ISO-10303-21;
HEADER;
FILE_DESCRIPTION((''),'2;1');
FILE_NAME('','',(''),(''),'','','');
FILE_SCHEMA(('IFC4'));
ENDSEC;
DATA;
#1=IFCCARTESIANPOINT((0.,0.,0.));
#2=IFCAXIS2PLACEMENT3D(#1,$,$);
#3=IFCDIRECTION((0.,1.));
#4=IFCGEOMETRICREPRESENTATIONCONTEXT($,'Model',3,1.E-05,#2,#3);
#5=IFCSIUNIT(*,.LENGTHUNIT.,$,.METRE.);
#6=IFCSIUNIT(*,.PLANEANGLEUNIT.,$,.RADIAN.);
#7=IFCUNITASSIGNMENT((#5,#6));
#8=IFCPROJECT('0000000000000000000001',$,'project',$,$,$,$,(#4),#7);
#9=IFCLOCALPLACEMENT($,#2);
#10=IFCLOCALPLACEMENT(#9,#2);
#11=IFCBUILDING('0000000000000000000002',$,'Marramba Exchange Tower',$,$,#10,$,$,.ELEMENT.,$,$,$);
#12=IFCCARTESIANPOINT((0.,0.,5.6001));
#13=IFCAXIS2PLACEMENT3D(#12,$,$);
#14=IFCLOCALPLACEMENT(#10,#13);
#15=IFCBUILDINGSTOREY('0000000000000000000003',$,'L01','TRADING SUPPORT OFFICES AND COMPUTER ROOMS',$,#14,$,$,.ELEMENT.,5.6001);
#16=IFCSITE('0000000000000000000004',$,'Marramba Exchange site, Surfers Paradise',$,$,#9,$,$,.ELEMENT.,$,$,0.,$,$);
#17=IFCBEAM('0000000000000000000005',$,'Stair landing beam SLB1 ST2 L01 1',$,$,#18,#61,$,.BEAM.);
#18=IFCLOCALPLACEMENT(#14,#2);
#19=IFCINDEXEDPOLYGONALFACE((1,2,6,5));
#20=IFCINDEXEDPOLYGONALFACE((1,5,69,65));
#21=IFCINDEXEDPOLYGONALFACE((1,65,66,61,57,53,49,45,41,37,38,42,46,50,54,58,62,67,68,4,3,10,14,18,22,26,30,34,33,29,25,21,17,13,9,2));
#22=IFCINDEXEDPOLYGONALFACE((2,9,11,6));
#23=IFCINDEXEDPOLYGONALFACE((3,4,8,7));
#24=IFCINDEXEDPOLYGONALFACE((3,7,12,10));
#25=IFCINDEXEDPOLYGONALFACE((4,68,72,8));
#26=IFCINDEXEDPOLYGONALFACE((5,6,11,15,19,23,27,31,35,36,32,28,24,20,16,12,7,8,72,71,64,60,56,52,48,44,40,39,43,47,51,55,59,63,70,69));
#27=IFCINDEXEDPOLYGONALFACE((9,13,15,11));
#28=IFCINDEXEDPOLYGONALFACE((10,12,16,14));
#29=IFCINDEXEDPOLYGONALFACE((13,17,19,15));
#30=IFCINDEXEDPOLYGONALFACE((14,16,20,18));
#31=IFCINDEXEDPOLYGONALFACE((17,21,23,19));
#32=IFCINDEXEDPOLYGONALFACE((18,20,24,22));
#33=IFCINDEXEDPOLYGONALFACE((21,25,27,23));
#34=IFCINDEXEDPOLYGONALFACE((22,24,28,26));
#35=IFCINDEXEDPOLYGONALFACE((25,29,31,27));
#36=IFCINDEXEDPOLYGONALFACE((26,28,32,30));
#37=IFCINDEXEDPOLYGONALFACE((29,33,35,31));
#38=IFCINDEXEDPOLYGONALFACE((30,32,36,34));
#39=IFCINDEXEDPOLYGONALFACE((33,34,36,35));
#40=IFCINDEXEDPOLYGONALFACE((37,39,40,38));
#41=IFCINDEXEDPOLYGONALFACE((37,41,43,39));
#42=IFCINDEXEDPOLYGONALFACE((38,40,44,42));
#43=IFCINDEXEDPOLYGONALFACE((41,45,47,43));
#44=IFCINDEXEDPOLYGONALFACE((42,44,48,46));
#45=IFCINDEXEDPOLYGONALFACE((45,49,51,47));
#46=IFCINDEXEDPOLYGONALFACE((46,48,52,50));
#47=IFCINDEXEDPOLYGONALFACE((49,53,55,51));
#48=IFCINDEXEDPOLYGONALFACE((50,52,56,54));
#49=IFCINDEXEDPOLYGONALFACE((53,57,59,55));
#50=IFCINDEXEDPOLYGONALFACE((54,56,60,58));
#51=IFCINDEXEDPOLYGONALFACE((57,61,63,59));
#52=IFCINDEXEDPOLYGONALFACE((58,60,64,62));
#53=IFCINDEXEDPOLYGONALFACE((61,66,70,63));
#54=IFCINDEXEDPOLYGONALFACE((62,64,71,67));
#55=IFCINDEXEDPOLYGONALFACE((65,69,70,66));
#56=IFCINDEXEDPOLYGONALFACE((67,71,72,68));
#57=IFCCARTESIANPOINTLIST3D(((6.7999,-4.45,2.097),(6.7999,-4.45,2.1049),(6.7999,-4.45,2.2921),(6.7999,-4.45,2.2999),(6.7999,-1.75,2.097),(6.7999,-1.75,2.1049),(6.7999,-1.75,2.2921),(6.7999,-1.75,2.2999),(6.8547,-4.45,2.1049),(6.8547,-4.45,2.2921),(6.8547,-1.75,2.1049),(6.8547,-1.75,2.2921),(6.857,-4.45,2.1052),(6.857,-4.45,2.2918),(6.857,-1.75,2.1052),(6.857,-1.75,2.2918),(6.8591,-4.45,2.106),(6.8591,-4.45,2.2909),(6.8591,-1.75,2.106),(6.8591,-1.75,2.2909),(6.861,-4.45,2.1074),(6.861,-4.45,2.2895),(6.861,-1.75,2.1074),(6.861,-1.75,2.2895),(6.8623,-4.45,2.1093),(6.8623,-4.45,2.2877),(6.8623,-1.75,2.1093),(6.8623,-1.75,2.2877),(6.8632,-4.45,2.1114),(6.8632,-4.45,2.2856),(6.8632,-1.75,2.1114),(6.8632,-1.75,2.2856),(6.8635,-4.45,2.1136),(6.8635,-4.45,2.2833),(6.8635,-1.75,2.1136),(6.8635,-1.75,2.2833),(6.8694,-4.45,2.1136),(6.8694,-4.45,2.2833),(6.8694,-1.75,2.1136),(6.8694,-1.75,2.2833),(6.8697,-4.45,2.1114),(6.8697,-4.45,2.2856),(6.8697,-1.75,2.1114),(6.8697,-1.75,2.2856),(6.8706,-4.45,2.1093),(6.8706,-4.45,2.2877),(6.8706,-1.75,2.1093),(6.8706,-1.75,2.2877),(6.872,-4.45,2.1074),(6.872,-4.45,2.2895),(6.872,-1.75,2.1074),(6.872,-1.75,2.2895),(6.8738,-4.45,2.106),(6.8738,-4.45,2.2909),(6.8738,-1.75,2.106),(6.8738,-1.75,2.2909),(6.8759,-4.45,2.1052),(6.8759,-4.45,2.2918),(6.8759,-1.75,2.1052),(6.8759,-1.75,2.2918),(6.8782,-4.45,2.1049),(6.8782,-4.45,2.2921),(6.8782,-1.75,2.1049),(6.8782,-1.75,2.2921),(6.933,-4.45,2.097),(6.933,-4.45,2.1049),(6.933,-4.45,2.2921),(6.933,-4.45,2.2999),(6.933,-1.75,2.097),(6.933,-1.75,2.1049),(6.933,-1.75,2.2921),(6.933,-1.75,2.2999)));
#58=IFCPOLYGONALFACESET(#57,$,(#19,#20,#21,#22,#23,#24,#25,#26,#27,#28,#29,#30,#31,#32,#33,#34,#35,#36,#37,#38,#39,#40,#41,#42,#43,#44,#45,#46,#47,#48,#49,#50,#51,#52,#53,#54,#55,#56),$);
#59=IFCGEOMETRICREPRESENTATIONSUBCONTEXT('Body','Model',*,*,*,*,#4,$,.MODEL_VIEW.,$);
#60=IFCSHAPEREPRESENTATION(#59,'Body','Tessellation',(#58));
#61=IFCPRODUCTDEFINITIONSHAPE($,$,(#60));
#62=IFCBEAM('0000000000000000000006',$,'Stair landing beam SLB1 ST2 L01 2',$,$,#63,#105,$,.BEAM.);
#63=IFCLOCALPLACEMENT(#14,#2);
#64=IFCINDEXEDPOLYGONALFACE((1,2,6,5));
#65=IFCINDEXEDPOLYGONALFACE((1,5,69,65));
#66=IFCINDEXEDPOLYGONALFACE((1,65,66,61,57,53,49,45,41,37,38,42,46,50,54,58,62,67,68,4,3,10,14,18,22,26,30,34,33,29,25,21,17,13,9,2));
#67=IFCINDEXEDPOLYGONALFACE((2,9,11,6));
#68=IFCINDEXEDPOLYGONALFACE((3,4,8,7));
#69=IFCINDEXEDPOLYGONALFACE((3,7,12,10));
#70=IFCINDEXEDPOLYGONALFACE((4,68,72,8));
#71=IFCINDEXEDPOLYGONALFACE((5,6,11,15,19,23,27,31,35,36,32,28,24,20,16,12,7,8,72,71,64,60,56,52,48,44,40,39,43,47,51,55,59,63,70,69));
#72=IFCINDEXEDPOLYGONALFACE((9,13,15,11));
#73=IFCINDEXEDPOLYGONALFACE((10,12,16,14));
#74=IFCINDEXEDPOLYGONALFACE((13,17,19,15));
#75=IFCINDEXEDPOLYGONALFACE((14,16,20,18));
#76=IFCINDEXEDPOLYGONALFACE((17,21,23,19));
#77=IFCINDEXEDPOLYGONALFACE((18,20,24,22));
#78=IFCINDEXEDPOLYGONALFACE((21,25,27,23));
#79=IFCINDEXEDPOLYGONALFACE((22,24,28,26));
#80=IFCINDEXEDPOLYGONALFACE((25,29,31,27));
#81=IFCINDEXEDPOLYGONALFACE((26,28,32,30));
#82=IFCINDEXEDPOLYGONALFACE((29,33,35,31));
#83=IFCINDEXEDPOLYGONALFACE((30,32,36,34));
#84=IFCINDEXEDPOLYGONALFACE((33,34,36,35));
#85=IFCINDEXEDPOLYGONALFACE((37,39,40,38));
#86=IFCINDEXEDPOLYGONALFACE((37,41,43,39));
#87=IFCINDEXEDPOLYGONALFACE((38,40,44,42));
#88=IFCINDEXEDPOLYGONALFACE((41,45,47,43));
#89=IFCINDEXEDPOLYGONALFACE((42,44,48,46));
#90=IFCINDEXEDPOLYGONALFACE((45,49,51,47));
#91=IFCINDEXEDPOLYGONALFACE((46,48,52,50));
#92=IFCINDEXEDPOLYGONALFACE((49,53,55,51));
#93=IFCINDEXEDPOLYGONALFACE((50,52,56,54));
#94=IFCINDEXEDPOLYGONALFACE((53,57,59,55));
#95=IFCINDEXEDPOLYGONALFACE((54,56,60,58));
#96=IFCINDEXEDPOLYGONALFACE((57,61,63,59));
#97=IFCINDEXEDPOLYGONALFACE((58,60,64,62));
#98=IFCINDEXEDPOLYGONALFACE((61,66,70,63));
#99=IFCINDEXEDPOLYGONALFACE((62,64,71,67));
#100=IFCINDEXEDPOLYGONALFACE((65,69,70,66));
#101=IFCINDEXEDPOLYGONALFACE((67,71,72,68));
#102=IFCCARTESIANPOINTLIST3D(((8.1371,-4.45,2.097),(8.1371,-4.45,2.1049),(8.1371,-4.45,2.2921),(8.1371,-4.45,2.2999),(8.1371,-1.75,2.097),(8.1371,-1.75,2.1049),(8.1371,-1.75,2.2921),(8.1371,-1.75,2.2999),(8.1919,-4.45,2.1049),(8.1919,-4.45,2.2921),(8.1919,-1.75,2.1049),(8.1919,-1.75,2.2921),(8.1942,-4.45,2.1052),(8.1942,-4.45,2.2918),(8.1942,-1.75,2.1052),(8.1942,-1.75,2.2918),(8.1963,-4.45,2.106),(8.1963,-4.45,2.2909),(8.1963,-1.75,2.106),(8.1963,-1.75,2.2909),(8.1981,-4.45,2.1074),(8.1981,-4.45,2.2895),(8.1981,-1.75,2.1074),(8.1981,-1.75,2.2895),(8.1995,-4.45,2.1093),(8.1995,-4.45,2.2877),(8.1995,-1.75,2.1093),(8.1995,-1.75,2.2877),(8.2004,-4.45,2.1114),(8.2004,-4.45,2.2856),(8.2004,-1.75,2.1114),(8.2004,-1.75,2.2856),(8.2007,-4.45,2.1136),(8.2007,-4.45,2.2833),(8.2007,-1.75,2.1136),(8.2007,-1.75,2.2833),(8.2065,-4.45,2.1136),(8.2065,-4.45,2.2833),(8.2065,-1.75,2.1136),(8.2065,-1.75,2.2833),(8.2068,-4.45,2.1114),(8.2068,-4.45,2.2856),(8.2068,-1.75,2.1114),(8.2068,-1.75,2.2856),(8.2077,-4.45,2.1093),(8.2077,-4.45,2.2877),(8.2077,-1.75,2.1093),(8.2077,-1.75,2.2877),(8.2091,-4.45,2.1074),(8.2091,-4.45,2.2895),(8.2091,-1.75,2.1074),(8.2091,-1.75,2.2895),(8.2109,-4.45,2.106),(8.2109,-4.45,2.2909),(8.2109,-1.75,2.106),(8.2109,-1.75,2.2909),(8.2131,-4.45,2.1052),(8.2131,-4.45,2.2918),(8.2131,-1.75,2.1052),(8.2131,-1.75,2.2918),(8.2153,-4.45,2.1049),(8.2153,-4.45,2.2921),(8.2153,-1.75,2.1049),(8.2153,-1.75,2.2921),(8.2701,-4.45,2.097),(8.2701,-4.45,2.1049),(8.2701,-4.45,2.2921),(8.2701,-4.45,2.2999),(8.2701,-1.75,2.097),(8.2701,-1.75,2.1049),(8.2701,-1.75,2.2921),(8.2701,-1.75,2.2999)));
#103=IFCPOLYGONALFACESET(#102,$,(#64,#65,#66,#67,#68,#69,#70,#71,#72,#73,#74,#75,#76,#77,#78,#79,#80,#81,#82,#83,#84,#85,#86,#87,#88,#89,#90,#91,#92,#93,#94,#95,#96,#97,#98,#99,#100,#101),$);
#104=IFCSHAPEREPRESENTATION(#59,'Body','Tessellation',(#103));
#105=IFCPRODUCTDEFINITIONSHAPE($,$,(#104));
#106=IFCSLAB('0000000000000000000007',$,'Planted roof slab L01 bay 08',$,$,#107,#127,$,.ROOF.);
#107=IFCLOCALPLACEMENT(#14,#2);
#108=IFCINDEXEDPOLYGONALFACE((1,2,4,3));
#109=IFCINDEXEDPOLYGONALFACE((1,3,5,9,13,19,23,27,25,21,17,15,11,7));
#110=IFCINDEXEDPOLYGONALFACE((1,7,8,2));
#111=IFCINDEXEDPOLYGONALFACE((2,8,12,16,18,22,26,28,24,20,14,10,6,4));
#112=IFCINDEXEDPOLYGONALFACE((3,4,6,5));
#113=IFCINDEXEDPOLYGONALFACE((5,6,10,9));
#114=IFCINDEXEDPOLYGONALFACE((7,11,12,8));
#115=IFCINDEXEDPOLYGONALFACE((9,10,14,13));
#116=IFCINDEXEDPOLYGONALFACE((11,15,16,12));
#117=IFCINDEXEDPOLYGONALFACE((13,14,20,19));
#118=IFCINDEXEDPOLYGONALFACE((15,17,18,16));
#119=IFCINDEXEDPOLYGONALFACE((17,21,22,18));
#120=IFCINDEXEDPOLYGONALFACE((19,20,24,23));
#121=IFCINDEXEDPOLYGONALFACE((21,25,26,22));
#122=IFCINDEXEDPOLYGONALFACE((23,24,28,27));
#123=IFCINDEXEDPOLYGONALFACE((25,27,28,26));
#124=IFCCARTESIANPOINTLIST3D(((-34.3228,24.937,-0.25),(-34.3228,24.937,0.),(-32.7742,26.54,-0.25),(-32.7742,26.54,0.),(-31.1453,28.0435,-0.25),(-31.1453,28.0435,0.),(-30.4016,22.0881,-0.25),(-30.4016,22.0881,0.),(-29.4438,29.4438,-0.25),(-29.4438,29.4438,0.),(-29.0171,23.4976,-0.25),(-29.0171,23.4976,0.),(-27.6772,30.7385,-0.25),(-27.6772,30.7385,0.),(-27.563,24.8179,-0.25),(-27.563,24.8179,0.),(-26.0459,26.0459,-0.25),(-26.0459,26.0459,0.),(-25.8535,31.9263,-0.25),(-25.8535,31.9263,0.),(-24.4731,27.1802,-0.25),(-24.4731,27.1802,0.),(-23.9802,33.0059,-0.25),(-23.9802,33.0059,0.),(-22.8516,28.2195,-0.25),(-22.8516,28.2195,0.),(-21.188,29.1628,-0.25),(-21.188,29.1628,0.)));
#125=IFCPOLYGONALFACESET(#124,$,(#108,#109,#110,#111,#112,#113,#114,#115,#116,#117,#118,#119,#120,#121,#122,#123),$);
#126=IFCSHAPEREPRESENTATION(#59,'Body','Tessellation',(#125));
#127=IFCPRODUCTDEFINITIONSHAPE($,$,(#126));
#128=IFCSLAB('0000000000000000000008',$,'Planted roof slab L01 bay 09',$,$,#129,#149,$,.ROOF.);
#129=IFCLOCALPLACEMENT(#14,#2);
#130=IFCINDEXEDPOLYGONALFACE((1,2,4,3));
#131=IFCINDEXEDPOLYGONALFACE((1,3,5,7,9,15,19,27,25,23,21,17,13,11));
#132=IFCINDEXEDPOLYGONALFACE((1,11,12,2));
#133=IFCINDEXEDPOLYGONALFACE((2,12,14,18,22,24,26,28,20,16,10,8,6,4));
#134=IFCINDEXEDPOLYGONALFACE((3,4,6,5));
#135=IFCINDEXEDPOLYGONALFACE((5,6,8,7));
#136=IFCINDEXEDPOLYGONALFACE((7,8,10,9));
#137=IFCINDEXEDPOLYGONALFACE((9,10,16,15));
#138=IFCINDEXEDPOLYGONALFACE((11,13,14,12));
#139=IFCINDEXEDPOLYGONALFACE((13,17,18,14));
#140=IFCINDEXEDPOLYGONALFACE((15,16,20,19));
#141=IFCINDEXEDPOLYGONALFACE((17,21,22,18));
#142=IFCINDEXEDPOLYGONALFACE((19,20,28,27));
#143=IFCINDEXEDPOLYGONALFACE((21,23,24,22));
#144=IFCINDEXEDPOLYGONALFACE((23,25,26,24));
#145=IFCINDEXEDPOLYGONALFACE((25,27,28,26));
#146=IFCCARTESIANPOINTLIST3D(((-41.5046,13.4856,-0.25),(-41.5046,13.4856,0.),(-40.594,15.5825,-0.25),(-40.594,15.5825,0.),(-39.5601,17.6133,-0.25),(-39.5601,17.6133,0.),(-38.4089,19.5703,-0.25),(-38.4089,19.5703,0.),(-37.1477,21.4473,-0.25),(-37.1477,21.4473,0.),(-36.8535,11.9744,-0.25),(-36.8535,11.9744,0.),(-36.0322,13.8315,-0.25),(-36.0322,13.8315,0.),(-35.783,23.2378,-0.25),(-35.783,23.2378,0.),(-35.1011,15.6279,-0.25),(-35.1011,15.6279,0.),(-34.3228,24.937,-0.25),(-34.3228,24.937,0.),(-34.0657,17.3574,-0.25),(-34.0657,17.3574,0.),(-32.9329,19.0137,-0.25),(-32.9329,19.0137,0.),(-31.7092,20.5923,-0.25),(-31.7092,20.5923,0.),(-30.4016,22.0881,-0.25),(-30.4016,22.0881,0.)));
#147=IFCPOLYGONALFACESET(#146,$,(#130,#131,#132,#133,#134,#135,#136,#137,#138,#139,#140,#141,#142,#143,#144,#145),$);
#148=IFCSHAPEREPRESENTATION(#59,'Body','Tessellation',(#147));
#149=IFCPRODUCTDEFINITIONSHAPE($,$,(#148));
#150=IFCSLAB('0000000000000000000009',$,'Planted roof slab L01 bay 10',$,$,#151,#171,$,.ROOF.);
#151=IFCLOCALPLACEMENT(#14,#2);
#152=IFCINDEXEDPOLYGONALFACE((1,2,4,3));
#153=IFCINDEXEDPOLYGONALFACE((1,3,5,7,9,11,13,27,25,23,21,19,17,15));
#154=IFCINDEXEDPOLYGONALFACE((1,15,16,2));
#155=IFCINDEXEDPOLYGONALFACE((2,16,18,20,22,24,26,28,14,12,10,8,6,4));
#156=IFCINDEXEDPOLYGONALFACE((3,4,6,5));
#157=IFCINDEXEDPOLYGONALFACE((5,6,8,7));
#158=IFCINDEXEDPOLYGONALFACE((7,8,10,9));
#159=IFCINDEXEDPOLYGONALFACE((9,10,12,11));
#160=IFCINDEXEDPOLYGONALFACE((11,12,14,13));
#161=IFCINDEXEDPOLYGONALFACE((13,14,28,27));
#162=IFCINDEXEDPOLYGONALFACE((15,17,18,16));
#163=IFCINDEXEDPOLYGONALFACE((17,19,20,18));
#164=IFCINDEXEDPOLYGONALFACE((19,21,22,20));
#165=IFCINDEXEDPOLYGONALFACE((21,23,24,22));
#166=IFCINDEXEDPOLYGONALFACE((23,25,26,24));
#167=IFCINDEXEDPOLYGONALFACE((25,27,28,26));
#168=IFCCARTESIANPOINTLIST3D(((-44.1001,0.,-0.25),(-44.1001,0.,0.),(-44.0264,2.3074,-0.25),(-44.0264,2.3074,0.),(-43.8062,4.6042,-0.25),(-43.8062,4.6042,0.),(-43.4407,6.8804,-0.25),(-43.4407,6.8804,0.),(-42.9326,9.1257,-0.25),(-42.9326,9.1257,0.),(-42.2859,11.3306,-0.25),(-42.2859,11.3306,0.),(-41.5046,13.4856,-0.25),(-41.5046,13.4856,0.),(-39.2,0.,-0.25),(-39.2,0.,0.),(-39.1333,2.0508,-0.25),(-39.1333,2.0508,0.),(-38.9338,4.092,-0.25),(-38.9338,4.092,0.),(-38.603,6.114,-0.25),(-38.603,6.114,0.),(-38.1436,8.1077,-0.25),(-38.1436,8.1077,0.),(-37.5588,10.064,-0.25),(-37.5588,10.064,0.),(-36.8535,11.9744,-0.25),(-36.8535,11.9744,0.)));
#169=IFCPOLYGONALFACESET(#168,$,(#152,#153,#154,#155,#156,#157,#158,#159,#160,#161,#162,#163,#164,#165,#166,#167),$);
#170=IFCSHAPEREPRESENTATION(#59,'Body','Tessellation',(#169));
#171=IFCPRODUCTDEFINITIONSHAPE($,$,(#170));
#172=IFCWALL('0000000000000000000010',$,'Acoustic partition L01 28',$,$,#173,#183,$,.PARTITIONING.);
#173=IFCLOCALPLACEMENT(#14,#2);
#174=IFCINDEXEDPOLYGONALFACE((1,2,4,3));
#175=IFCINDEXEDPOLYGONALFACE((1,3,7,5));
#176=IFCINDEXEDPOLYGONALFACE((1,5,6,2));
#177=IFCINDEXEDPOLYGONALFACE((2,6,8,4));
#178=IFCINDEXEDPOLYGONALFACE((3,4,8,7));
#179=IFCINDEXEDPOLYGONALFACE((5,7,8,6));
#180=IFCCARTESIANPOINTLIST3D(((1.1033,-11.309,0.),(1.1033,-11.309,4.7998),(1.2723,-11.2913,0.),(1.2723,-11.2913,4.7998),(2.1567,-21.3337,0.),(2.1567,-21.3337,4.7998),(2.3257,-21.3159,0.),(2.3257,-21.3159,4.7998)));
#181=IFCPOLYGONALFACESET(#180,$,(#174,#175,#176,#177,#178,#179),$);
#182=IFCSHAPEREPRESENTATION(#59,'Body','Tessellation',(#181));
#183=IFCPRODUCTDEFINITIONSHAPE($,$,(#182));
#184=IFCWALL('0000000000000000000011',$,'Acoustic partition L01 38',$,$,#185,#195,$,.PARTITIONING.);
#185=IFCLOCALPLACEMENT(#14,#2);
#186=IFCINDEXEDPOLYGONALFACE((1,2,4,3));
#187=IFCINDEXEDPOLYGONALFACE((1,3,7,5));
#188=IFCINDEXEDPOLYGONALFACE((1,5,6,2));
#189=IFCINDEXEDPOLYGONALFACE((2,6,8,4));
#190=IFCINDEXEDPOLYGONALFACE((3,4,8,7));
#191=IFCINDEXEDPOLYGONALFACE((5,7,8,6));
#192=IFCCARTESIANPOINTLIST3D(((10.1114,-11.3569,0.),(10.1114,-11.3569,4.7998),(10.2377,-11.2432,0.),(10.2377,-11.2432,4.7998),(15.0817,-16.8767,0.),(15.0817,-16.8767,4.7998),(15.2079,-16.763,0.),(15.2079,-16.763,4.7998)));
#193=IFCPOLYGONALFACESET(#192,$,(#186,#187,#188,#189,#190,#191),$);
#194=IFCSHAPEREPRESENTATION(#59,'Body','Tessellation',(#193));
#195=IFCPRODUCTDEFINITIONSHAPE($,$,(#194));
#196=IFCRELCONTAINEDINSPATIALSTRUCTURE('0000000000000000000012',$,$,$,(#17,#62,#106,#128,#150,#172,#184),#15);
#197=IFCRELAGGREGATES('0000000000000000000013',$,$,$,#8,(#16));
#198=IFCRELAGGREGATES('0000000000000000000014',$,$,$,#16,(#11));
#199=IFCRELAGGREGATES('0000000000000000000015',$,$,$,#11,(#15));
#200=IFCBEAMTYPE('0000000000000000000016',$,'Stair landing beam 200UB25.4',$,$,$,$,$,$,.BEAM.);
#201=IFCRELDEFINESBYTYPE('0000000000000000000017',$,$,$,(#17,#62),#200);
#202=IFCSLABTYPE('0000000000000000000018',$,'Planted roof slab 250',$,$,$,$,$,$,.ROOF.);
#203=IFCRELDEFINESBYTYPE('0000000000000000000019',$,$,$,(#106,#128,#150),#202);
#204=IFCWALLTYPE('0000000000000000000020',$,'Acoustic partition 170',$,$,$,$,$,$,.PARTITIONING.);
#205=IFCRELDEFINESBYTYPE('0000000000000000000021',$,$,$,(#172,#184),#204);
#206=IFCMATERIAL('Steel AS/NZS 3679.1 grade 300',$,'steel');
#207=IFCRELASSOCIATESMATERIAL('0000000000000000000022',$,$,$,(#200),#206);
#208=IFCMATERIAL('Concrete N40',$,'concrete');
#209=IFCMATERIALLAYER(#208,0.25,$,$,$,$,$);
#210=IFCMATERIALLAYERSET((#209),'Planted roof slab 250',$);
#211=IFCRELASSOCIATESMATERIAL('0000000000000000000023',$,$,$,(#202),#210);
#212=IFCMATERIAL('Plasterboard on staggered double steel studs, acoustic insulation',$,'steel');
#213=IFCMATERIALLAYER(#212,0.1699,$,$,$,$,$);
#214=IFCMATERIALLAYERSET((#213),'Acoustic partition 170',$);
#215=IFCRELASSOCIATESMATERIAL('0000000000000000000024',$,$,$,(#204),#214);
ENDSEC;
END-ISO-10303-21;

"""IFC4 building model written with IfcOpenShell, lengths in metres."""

from ifc_helpers import new_model, si_unit, direction, frame, frame_2d, origin, origin_2d, place, context, subcontext, project, spatial, polyline, rectangle, i_section, outline, extrude, material, layer, layer_set, material_profile, profile_set, type_object, element, save


model = new_model("IFC4")

# Units and contexts
model_context = context("Model", 3, precision=1e-05, world=origin(), true_north=direction((0.0, 1.0)))
body_context = subcontext(model_context, "Body", "Model", "MODEL_VIEW")
ifc_project = project(units=[si_unit("LENGTHUNIT", "METRE"), si_unit("PLANEANGLEUNIT", "RADIAN")], contexts=[model_context])

# Site, building, storey
site_placement = place(None, origin())
site = spatial("IfcSite", under=ifc_project, at=site_placement, Name="Marramba Exchange site, Surfers Paradise", CompositionType="ELEMENT", RefElevation=0.0)
building_placement = place(site_placement, origin())
building = spatial("IfcBuilding", under=site, at=building_placement, Name="Marramba Exchange Tower", CompositionType="ELEMENT")
storey_placement = place(building_placement, frame((0.0, 0.0, 5.6001)))
storey = spatial("IfcBuildingStorey", under=building, at=storey_placement, Name="L01", Description="TRADING SUPPORT OFFICES AND COMPUTER ROOMS", CompositionType="ELEMENT", Elevation=5.6001)

# Beams
ifc_material_1 = material(Name="Steel AS/NZS 3679.1 grade 300", Category="steel")
ifc_material_profile_1 = material_profile(ifc_material_1, i_section(OverallWidth=0.1331, OverallDepth=0.2029, WebThickness=0.0059, FlangeThickness=0.0078, FilletRadius=0.0088, at=origin_2d()), Name="200UB25.4")
ifc_profile_set_1 = profile_set([ifc_material_profile_1], Name="Steel AS/NZS 3679.1 grade 300")
beam_type_1 = type_object("IfcBeamType", Name="Stair landing beam 200UB25.4", PredefinedType="BEAM", material=ifc_profile_set_1)
for number, where, z_axis, x_axis, name in (
    (1, (6.8665, -4.45, 2.1985), (0.0, 1.0, 0.0), (-1.0, 0.0, 0.0), "Stair landing beam SLB1 ST2 L01 1"),
    (2, (8.2036, -4.45, 2.1985), (0.0, 1.0, 0.0), (-1.0, 0.0, 0.0), "Stair landing beam SLB1 ST2 L01 2"),
):
    element("IfcBeam", number, at=place(storey_placement, frame(where, z_axis=z_axis, x_axis=x_axis)), inside=storey, type_object=beam_type_1, Name=name, PredefinedType="BEAM", context=body_context, shape_type="SweptSolid", body=[
        extrude(i_section(OverallWidth=0.1331, OverallDepth=0.2029, WebThickness=0.0059, FlangeThickness=0.0078, FilletRadius=0.0088, at=origin_2d()), origin(), (0.0, 0.0, 1.0), 2.7),
    ])

# Slabs
ifc_material_2 = material(Name="Concrete N40", Category="concrete")
ifc_layer_1 = layer(ifc_material_2, 0.25)
ifc_layer_set_1 = layer_set([ifc_layer_1], Name="Planted roof slab 250")
slab_type = type_object("IfcSlabType", Name="Planted roof slab 250", PredefinedType="ROOF", material=ifc_layer_set_1)
slab_1_placement = place(storey_placement, frame((0.0, 0.0, -0.25)))
element("IfcSlab", 3, at=slab_1_placement, inside=storey, type_object=slab_type, Name="Planted roof slab L01 bay 08", PredefinedType="ROOF", context=body_context, shape_type="SweptSolid", body=[
    extrude(outline(polyline([(-34.3228, 24.937), (-32.7742, 26.54), (-31.1453, 28.0435), (-29.4438, 29.4438), (-27.6772, 30.7385), (-25.8535, 31.9263), (-23.9802, 33.0059), (-21.188, 29.1628), (-22.8516, 28.2195), (-24.4731, 27.1802), (-26.0459, 26.0459), (-27.563, 24.8179), (-29.0171, 23.4976), (-30.4016, 22.0881), (-34.3228, 24.937)])), origin(), (0.0, 0.0, 1.0), 0.25),
])
slab_2_placement = place(storey_placement, frame((0.0, 0.0, -0.25)))
element("IfcSlab", 4, at=slab_2_placement, inside=storey, type_object=slab_type, Name="Planted roof slab L01 bay 09", PredefinedType="ROOF", context=body_context, shape_type="SweptSolid", body=[
    extrude(outline(polyline([(-41.5046, 13.4856), (-40.594, 15.5825), (-39.5601, 17.6133), (-38.4089, 19.5703), (-37.1477, 21.4473), (-35.783, 23.2378), (-34.3228, 24.937), (-30.4016, 22.0881), (-31.7092, 20.5923), (-32.9329, 19.0137), (-34.0657, 17.3574), (-35.1011, 15.6279), (-36.0322, 13.8315), (-36.8535, 11.9744), (-41.5046, 13.4856)])), origin(), (0.0, 0.0, 1.0), 0.25),
])
slab_3_placement = place(storey_placement, frame((0.0, 0.0, -0.25)))
element("IfcSlab", 5, at=slab_3_placement, inside=storey, type_object=slab_type, Name="Planted roof slab L01 bay 10", PredefinedType="ROOF", context=body_context, shape_type="SweptSolid", body=[
    extrude(outline(polyline([(-44.0264, 2.3074), (-43.8062, 4.6042), (-43.4407, 6.8804), (-42.9326, 9.1257), (-42.2859, 11.3306), (-41.5046, 13.4856), (-36.8535, 11.9744), (-37.5588, 10.064), (-38.1436, 8.1077), (-38.603, 6.114), (-38.9338, 4.092), (-39.1333, 2.0508), (-39.2, 0.0), (-44.1001, 0.0), (-44.0264, 2.3074)])), origin(), (0.0, 0.0, 1.0), 0.25),
])

# Walls
ifc_material_3 = material(Name="Plasterboard on staggered double steel studs, acoustic insulation", Category="steel")
ifc_layer_2 = layer(ifc_material_3, 0.1699)
ifc_layer_set_2 = layer_set([ifc_layer_2], Name="Acoustic partition 170")
wall_type_1 = type_object("IfcWallType", Name="Acoustic partition 170", PredefinedType="PARTITIONING", material=ifc_layer_set_2)
wall_1_placement = place(storey_placement, frame((1.1877, -11.3, 0.0), z_axis=(0.0, 0.0, 1.0), x_axis=(0.104512, -0.994524, 0.0)))
element("IfcWall", 6, at=wall_1_placement, inside=storey, type_object=wall_type_1, Name="Acoustic partition L01 28", PredefinedType="PARTITIONING", context=body_context, shape_type="SweptSolid", body=[
    extrude(rectangle(XDim=10.0798, YDim=0.1699, at=frame_2d((5.04, 0.0))), origin(), (0.0, 0.0, 1.0), 4.7998),
])
wall_2_placement = place(storey_placement, frame((10.1746, -11.3, 0.0), z_axis=(0.0, 0.0, 1.0), x_axis=(0.669144, -0.743132, 0.0)))
element("IfcWall", 7, at=wall_2_placement, inside=storey, type_object=wall_type_1, Name="Acoustic partition L01 38", PredefinedType="PARTITIONING", context=body_context, shape_type="SweptSolid", body=[
    extrude(rectangle(XDim=7.4277, YDim=0.1699, at=frame_2d((3.7139, 0.0))), origin(), (0.0, 0.0, 1.0), 4.7998),
])

save(model, "model.ifc")
